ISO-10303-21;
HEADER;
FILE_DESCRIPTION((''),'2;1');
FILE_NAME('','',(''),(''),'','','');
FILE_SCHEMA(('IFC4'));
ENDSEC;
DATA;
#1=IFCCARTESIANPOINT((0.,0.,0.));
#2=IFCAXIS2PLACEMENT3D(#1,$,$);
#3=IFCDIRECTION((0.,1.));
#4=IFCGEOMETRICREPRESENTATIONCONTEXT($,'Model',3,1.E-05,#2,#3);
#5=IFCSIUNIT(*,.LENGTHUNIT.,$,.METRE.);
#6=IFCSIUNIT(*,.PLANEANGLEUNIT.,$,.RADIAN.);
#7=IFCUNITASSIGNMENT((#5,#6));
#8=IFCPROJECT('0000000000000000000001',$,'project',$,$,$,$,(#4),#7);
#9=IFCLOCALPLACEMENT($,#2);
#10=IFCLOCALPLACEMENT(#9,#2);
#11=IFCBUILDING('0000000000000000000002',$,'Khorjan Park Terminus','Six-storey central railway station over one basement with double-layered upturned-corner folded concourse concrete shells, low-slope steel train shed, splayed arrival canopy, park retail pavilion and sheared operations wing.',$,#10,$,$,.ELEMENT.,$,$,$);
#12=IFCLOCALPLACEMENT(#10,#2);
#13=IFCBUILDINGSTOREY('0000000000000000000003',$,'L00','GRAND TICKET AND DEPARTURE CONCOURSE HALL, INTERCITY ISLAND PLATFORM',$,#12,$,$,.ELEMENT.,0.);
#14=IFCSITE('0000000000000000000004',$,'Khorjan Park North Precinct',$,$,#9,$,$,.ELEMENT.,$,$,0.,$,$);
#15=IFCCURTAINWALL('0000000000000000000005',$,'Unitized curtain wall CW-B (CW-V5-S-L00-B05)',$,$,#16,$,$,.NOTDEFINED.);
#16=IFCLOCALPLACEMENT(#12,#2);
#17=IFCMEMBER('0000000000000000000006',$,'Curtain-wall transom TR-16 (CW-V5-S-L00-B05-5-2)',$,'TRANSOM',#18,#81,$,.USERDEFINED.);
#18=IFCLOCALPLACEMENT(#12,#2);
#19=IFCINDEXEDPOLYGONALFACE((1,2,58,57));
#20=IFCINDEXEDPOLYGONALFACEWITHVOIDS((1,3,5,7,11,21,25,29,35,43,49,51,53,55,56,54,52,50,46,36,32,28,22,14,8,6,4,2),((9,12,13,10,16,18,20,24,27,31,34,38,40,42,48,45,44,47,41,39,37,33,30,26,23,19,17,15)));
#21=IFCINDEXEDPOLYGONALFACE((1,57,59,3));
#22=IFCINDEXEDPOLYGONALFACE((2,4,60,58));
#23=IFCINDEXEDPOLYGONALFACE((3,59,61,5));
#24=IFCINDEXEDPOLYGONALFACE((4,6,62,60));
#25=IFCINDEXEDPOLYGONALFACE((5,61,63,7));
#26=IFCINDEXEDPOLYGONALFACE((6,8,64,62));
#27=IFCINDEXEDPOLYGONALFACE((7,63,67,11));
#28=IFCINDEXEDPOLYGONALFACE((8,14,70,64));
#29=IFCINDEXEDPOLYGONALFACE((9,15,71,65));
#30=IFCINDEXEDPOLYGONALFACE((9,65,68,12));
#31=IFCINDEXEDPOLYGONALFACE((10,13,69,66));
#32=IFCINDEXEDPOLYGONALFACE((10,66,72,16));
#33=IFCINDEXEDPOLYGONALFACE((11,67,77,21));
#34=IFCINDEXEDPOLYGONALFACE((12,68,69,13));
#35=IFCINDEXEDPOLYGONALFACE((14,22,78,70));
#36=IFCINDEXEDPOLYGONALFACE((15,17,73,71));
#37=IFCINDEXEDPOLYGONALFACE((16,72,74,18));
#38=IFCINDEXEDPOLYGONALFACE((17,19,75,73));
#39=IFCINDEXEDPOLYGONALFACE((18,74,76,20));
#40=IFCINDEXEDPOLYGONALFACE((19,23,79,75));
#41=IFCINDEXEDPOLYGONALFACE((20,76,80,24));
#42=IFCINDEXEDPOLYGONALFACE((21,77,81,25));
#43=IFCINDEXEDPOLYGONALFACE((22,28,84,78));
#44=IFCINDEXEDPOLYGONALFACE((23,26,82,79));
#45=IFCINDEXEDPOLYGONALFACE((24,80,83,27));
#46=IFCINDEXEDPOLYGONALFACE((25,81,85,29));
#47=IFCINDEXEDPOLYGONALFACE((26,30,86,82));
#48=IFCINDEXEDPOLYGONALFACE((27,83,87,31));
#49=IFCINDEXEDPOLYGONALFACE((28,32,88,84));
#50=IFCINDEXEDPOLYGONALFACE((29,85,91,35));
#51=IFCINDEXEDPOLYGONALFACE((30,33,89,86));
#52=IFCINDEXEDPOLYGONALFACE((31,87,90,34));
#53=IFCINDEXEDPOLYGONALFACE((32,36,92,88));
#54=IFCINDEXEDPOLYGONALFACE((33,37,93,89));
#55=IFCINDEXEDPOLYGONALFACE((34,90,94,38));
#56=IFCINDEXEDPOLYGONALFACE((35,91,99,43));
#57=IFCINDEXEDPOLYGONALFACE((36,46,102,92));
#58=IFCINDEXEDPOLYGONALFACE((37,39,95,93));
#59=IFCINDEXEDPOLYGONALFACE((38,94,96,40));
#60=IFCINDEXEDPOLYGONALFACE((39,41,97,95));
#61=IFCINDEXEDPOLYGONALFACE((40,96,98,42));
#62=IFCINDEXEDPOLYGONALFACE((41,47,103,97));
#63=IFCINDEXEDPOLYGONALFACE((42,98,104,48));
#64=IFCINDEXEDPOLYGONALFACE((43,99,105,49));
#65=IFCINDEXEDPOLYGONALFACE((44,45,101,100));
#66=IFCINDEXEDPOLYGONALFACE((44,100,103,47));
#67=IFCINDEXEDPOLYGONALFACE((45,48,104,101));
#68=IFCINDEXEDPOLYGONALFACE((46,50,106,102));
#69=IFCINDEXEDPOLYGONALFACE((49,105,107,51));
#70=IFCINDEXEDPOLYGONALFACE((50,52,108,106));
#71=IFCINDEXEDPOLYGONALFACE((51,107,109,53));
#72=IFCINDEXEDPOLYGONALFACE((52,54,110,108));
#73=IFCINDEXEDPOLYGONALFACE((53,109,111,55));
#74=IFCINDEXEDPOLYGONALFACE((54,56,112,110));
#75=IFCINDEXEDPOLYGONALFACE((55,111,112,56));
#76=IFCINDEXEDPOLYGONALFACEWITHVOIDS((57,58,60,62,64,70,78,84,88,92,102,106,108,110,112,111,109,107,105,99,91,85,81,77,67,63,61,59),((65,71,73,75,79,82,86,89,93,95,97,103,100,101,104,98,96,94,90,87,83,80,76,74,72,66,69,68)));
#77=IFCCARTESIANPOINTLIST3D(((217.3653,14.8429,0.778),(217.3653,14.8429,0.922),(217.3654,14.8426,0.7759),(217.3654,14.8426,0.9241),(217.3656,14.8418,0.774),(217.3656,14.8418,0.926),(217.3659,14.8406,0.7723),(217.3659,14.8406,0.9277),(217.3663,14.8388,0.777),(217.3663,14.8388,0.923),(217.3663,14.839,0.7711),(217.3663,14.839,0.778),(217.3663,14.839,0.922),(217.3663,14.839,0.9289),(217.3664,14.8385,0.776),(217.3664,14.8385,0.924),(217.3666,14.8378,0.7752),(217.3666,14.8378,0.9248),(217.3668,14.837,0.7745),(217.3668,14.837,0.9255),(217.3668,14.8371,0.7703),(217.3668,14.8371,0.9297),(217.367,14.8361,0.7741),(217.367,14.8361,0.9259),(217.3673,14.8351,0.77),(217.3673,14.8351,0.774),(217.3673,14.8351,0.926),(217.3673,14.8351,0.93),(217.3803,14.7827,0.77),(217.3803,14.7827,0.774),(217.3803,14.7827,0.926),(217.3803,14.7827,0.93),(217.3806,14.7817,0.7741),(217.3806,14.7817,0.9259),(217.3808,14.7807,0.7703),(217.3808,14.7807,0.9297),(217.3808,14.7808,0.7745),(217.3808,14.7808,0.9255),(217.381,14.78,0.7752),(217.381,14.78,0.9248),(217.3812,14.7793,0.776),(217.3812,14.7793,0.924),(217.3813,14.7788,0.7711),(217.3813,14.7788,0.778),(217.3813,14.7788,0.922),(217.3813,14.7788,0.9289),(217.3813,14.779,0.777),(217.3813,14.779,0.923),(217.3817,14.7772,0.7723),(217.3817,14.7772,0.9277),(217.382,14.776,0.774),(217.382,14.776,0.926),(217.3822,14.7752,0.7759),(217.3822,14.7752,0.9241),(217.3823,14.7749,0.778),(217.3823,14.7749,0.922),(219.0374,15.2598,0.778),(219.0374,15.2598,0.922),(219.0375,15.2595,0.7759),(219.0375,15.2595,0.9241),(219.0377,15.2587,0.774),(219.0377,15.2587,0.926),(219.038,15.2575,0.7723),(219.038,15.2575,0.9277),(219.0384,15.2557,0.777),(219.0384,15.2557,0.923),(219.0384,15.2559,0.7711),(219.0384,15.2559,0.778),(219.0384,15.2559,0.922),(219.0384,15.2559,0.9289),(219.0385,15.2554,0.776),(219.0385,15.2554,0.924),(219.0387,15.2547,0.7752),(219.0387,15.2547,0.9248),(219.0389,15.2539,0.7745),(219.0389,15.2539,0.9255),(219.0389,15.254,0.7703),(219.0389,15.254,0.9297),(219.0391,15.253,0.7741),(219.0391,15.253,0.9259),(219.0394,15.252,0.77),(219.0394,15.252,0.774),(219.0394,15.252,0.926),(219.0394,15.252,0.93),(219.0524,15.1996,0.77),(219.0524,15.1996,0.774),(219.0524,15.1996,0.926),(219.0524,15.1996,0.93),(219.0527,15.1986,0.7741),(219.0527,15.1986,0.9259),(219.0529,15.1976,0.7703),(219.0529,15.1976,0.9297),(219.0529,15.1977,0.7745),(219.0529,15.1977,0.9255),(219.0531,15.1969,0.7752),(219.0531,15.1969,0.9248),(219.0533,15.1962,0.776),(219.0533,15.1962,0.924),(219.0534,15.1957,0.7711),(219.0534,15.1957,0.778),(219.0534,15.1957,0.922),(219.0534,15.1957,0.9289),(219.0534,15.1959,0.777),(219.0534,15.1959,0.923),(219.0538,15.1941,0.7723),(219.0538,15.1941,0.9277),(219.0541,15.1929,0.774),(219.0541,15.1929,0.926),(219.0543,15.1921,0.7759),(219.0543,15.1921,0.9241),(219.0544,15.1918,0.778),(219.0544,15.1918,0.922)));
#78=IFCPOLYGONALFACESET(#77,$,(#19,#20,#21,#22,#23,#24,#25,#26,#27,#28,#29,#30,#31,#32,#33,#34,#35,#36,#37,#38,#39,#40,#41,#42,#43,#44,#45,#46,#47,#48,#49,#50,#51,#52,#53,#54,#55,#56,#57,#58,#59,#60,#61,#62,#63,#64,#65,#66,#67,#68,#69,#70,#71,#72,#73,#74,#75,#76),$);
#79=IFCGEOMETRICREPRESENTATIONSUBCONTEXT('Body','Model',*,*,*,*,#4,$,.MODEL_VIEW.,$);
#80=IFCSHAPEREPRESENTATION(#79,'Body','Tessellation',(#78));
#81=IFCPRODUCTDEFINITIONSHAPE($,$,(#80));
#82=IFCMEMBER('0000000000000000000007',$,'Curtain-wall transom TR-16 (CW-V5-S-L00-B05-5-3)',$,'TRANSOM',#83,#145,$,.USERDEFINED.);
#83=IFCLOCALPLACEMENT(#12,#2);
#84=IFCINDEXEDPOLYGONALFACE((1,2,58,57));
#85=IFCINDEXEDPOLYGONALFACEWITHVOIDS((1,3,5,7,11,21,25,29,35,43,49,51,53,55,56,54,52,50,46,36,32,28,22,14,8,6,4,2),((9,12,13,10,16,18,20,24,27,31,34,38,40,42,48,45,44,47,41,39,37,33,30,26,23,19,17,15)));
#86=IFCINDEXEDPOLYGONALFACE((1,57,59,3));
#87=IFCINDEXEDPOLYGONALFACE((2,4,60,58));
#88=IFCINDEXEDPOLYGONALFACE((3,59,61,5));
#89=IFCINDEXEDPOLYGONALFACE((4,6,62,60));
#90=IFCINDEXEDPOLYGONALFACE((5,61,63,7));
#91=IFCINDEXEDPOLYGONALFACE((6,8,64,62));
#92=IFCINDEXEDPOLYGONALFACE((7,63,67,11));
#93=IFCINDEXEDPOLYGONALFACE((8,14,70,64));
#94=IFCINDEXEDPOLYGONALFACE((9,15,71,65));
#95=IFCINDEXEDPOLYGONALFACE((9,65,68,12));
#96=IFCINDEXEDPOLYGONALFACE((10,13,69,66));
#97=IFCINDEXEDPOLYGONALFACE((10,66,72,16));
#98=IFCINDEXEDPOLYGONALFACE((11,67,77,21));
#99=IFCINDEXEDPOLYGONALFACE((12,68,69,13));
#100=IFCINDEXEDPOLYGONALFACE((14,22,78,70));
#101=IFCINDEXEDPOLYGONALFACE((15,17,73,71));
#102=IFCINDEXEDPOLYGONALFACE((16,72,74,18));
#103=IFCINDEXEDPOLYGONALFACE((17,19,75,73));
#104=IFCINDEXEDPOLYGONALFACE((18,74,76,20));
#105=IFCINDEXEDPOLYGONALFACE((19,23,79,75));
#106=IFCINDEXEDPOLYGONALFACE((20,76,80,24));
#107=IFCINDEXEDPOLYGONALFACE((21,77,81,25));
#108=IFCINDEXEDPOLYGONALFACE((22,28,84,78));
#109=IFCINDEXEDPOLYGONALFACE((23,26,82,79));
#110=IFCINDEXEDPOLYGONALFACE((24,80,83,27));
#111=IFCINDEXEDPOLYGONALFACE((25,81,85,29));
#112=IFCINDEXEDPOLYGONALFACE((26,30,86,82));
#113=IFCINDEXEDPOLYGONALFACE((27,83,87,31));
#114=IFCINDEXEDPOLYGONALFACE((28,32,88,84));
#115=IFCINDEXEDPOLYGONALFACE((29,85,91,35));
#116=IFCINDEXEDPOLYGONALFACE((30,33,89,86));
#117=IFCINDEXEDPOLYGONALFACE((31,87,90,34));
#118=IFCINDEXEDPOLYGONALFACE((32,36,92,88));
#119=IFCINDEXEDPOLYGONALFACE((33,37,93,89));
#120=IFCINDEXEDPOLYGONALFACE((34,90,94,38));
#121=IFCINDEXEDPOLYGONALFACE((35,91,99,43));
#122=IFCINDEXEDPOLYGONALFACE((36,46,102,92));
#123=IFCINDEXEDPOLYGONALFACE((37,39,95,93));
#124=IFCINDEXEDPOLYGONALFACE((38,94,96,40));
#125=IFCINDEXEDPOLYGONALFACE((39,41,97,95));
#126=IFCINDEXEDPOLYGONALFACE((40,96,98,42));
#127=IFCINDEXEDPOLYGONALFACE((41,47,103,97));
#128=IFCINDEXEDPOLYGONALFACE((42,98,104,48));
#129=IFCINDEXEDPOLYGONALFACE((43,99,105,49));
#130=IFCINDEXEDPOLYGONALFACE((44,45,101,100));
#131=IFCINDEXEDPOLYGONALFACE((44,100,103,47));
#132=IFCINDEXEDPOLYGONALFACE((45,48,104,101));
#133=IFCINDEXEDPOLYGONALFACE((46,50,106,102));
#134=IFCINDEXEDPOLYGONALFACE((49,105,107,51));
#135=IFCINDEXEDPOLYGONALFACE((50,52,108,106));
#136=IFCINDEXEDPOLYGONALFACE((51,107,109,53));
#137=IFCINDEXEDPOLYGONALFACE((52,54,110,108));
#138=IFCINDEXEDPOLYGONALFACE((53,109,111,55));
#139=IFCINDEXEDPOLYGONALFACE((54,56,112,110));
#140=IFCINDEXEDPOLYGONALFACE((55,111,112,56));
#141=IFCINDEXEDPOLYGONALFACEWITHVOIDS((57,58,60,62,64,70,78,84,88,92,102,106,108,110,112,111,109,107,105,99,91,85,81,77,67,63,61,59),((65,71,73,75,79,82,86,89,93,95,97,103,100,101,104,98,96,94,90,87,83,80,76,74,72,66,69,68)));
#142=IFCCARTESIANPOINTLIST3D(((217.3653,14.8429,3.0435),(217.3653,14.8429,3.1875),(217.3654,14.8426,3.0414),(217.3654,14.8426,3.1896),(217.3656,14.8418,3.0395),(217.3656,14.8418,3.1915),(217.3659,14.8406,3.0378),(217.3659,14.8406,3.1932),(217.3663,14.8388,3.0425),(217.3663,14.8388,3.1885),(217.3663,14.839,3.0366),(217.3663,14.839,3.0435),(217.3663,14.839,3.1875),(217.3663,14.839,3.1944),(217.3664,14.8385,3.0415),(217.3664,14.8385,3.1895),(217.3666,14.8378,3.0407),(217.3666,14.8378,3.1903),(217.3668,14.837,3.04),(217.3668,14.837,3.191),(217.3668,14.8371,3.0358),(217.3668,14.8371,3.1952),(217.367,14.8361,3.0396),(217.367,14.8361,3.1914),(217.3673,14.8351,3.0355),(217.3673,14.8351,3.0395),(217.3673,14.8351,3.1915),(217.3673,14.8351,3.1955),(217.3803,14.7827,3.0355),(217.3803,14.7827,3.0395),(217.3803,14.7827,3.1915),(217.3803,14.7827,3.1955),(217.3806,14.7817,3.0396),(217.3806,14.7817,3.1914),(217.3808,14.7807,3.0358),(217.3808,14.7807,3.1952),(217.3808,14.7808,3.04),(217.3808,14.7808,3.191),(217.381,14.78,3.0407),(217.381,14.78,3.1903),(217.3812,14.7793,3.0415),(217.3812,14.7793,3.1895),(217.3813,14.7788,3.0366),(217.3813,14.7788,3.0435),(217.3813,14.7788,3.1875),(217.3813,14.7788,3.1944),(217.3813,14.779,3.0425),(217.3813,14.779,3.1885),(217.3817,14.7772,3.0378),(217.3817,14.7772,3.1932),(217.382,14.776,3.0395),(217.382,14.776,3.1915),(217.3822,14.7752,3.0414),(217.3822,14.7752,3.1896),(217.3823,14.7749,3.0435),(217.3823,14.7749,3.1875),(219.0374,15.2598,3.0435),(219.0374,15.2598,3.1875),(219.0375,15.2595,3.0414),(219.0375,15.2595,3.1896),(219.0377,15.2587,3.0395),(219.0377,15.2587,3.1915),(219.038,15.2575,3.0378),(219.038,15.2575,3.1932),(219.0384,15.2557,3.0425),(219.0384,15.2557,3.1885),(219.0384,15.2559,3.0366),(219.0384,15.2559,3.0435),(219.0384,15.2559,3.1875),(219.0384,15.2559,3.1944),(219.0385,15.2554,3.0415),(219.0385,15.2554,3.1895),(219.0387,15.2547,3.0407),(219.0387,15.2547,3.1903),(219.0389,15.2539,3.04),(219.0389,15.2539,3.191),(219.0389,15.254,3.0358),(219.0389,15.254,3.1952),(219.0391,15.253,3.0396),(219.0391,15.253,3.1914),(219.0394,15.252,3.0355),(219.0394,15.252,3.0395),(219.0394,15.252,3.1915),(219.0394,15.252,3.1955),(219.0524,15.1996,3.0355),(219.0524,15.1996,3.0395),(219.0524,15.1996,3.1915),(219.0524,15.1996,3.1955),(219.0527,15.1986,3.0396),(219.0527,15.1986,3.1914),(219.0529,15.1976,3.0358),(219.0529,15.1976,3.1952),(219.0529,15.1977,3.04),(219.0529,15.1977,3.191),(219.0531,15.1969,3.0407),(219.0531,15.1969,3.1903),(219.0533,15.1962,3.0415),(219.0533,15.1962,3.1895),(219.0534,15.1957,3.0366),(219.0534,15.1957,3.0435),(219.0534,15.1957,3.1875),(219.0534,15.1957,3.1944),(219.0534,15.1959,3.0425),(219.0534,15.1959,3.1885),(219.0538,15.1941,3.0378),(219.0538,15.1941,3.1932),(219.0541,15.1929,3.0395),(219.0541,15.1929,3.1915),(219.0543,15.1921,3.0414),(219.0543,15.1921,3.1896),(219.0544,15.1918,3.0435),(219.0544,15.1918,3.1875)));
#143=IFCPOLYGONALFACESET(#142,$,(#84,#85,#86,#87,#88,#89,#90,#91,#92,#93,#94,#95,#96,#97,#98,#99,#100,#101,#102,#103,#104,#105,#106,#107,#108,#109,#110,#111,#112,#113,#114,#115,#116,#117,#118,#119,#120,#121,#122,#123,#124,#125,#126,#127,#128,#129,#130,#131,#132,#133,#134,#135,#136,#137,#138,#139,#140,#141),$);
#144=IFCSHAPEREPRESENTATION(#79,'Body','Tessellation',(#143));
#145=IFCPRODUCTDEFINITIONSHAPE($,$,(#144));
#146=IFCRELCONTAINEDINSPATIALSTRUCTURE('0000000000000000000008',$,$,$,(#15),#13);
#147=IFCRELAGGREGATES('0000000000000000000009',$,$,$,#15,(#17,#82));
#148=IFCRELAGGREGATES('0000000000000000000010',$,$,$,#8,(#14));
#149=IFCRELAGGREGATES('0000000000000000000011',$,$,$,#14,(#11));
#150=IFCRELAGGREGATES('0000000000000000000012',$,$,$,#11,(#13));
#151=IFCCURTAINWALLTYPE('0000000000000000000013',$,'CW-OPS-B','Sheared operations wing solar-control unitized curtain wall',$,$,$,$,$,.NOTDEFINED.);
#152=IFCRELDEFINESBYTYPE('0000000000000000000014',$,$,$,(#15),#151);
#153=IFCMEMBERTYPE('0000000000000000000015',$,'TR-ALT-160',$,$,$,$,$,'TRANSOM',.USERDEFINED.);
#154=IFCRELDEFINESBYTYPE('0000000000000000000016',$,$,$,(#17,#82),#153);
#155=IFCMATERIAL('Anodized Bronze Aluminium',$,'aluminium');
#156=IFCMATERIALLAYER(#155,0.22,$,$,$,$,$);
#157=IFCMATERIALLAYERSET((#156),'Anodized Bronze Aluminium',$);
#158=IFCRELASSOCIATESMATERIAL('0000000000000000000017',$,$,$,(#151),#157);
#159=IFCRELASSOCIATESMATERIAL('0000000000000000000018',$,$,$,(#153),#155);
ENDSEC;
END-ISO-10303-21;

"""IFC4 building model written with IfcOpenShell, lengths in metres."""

from ifc_helpers import new_model, si_unit, direction, frame, origin, origin_2d, place, context, subcontext, project, spatial, hollow_rectangle, extrude, material, layer, layer_set, material_profile, profile_set, type_object, element, aggregate, save


model = new_model("IFC4")

# Units and contexts
model_context = context("Model", 3, precision=1e-05, world=origin(), true_north=direction((0.0, 1.0)))
body_context = subcontext(model_context, "Body", "Model", "MODEL_VIEW")
ifc_project = project(units=[si_unit("LENGTHUNIT", "METRE"), si_unit("PLANEANGLEUNIT", "RADIAN")], contexts=[model_context])

# Site, building, storey
site_placement = place(None, origin())
site = spatial("IfcSite", under=ifc_project, at=site_placement, Name="Khorjan Park North Precinct", CompositionType="ELEMENT", RefElevation=0.0)
building_placement = place(site_placement, origin())
building = spatial("IfcBuilding", under=site, at=building_placement, Name="Khorjan Park Terminus", Description="Six-storey central railway station over one basement with double-layered upturned-corner folded concourse concrete shells, low-slope steel train shed, splayed arrival canopy, park retail pavilion and sheared operations wing.", CompositionType="ELEMENT")
storey_placement = place(building_placement, origin())
storey = spatial("IfcBuildingStorey", under=building, at=storey_placement, Name="L00", Description="GRAND TICKET AND DEPARTURE CONCOURSE HALL, INTERCITY ISLAND PLATFORM", CompositionType="ELEMENT", Elevation=0.0)

# Curtain wall, members
ifc_material_1 = material(Name="Anodized Bronze Aluminium", Category="aluminium")
ifc_layer_1 = layer(ifc_material_1, 0.22)
ifc_layer_set_1 = layer_set([ifc_layer_1], Name="Anodized Bronze Aluminium")
curtain_wall_type = type_object("IfcCurtainWallType", Name="CW-OPS-B", Description="Sheared operations wing solar-control unitized curtain wall", PredefinedType="NOTDEFINED", material=ifc_layer_set_1)
curtain_wall_placement = place(storey_placement, origin())
curtain_wall = element("IfcCurtainWall", 1, at=curtain_wall_placement, inside=storey, type_object=curtain_wall_type, Name="Unitized curtain wall CW-B (CW-V5-S-L00-B05)", PredefinedType="NOTDEFINED")
ifc_material_profile_1 = material_profile(ifc_material_1, hollow_rectangle(XDim=0.07, YDim=0.16, WallThickness=0.004, InnerFilletRadius=0.004, OuterFilletRadius=0.008, at=origin_2d()), Name="ALT 70x160x4")
ifc_profile_set_1 = profile_set([ifc_material_profile_1], Name="Anodized Bronze Aluminium")
member_type_1 = type_object("IfcMemberType", Name="TR-ALT-160", ElementType="TRANSOM", PredefinedType="USERDEFINED", material=ifc_profile_set_1)
member_1_placement = place(storey_placement, frame((217.3738, 14.8089, 0.85), z_axis=(0.970296, 0.241921, 0.0), x_axis=(-0.241921, 0.970296, 0.0)))
member_1 = element("IfcMember", 2, at=member_1_placement, type_object=member_type_1, Name="Curtain-wall transom TR-16 (CW-V5-S-L00-B05-5-2)", ObjectType="TRANSOM", PredefinedType="USERDEFINED", context=body_context, shape_type="SweptSolid", body=[
    extrude(hollow_rectangle(XDim=0.07, YDim=0.16, WallThickness=0.004, InnerFilletRadius=0.004, OuterFilletRadius=0.008, at=origin_2d()), origin(), (0.0, 0.0, 1.0), 1.7233),
])
member_2_placement = place(storey_placement, frame((217.3738, 14.8089, 3.1155), z_axis=(0.970296, 0.241921, 0.0), x_axis=(-0.241921, 0.970296, 0.0)))
member_2 = element("IfcMember", 3, at=member_2_placement, type_object=member_type_1, Name="Curtain-wall transom TR-16 (CW-V5-S-L00-B05-5-3)", ObjectType="TRANSOM", PredefinedType="USERDEFINED", context=body_context, shape_type="SweptSolid", body=[
    extrude(hollow_rectangle(XDim=0.07, YDim=0.16, WallThickness=0.004, InnerFilletRadius=0.004, OuterFilletRadius=0.008, at=origin_2d()), origin(), (0.0, 0.0, 1.0), 1.7233),
])
aggregate(curtain_wall, [member_1, member_2])

save(model, "model.ifc")
